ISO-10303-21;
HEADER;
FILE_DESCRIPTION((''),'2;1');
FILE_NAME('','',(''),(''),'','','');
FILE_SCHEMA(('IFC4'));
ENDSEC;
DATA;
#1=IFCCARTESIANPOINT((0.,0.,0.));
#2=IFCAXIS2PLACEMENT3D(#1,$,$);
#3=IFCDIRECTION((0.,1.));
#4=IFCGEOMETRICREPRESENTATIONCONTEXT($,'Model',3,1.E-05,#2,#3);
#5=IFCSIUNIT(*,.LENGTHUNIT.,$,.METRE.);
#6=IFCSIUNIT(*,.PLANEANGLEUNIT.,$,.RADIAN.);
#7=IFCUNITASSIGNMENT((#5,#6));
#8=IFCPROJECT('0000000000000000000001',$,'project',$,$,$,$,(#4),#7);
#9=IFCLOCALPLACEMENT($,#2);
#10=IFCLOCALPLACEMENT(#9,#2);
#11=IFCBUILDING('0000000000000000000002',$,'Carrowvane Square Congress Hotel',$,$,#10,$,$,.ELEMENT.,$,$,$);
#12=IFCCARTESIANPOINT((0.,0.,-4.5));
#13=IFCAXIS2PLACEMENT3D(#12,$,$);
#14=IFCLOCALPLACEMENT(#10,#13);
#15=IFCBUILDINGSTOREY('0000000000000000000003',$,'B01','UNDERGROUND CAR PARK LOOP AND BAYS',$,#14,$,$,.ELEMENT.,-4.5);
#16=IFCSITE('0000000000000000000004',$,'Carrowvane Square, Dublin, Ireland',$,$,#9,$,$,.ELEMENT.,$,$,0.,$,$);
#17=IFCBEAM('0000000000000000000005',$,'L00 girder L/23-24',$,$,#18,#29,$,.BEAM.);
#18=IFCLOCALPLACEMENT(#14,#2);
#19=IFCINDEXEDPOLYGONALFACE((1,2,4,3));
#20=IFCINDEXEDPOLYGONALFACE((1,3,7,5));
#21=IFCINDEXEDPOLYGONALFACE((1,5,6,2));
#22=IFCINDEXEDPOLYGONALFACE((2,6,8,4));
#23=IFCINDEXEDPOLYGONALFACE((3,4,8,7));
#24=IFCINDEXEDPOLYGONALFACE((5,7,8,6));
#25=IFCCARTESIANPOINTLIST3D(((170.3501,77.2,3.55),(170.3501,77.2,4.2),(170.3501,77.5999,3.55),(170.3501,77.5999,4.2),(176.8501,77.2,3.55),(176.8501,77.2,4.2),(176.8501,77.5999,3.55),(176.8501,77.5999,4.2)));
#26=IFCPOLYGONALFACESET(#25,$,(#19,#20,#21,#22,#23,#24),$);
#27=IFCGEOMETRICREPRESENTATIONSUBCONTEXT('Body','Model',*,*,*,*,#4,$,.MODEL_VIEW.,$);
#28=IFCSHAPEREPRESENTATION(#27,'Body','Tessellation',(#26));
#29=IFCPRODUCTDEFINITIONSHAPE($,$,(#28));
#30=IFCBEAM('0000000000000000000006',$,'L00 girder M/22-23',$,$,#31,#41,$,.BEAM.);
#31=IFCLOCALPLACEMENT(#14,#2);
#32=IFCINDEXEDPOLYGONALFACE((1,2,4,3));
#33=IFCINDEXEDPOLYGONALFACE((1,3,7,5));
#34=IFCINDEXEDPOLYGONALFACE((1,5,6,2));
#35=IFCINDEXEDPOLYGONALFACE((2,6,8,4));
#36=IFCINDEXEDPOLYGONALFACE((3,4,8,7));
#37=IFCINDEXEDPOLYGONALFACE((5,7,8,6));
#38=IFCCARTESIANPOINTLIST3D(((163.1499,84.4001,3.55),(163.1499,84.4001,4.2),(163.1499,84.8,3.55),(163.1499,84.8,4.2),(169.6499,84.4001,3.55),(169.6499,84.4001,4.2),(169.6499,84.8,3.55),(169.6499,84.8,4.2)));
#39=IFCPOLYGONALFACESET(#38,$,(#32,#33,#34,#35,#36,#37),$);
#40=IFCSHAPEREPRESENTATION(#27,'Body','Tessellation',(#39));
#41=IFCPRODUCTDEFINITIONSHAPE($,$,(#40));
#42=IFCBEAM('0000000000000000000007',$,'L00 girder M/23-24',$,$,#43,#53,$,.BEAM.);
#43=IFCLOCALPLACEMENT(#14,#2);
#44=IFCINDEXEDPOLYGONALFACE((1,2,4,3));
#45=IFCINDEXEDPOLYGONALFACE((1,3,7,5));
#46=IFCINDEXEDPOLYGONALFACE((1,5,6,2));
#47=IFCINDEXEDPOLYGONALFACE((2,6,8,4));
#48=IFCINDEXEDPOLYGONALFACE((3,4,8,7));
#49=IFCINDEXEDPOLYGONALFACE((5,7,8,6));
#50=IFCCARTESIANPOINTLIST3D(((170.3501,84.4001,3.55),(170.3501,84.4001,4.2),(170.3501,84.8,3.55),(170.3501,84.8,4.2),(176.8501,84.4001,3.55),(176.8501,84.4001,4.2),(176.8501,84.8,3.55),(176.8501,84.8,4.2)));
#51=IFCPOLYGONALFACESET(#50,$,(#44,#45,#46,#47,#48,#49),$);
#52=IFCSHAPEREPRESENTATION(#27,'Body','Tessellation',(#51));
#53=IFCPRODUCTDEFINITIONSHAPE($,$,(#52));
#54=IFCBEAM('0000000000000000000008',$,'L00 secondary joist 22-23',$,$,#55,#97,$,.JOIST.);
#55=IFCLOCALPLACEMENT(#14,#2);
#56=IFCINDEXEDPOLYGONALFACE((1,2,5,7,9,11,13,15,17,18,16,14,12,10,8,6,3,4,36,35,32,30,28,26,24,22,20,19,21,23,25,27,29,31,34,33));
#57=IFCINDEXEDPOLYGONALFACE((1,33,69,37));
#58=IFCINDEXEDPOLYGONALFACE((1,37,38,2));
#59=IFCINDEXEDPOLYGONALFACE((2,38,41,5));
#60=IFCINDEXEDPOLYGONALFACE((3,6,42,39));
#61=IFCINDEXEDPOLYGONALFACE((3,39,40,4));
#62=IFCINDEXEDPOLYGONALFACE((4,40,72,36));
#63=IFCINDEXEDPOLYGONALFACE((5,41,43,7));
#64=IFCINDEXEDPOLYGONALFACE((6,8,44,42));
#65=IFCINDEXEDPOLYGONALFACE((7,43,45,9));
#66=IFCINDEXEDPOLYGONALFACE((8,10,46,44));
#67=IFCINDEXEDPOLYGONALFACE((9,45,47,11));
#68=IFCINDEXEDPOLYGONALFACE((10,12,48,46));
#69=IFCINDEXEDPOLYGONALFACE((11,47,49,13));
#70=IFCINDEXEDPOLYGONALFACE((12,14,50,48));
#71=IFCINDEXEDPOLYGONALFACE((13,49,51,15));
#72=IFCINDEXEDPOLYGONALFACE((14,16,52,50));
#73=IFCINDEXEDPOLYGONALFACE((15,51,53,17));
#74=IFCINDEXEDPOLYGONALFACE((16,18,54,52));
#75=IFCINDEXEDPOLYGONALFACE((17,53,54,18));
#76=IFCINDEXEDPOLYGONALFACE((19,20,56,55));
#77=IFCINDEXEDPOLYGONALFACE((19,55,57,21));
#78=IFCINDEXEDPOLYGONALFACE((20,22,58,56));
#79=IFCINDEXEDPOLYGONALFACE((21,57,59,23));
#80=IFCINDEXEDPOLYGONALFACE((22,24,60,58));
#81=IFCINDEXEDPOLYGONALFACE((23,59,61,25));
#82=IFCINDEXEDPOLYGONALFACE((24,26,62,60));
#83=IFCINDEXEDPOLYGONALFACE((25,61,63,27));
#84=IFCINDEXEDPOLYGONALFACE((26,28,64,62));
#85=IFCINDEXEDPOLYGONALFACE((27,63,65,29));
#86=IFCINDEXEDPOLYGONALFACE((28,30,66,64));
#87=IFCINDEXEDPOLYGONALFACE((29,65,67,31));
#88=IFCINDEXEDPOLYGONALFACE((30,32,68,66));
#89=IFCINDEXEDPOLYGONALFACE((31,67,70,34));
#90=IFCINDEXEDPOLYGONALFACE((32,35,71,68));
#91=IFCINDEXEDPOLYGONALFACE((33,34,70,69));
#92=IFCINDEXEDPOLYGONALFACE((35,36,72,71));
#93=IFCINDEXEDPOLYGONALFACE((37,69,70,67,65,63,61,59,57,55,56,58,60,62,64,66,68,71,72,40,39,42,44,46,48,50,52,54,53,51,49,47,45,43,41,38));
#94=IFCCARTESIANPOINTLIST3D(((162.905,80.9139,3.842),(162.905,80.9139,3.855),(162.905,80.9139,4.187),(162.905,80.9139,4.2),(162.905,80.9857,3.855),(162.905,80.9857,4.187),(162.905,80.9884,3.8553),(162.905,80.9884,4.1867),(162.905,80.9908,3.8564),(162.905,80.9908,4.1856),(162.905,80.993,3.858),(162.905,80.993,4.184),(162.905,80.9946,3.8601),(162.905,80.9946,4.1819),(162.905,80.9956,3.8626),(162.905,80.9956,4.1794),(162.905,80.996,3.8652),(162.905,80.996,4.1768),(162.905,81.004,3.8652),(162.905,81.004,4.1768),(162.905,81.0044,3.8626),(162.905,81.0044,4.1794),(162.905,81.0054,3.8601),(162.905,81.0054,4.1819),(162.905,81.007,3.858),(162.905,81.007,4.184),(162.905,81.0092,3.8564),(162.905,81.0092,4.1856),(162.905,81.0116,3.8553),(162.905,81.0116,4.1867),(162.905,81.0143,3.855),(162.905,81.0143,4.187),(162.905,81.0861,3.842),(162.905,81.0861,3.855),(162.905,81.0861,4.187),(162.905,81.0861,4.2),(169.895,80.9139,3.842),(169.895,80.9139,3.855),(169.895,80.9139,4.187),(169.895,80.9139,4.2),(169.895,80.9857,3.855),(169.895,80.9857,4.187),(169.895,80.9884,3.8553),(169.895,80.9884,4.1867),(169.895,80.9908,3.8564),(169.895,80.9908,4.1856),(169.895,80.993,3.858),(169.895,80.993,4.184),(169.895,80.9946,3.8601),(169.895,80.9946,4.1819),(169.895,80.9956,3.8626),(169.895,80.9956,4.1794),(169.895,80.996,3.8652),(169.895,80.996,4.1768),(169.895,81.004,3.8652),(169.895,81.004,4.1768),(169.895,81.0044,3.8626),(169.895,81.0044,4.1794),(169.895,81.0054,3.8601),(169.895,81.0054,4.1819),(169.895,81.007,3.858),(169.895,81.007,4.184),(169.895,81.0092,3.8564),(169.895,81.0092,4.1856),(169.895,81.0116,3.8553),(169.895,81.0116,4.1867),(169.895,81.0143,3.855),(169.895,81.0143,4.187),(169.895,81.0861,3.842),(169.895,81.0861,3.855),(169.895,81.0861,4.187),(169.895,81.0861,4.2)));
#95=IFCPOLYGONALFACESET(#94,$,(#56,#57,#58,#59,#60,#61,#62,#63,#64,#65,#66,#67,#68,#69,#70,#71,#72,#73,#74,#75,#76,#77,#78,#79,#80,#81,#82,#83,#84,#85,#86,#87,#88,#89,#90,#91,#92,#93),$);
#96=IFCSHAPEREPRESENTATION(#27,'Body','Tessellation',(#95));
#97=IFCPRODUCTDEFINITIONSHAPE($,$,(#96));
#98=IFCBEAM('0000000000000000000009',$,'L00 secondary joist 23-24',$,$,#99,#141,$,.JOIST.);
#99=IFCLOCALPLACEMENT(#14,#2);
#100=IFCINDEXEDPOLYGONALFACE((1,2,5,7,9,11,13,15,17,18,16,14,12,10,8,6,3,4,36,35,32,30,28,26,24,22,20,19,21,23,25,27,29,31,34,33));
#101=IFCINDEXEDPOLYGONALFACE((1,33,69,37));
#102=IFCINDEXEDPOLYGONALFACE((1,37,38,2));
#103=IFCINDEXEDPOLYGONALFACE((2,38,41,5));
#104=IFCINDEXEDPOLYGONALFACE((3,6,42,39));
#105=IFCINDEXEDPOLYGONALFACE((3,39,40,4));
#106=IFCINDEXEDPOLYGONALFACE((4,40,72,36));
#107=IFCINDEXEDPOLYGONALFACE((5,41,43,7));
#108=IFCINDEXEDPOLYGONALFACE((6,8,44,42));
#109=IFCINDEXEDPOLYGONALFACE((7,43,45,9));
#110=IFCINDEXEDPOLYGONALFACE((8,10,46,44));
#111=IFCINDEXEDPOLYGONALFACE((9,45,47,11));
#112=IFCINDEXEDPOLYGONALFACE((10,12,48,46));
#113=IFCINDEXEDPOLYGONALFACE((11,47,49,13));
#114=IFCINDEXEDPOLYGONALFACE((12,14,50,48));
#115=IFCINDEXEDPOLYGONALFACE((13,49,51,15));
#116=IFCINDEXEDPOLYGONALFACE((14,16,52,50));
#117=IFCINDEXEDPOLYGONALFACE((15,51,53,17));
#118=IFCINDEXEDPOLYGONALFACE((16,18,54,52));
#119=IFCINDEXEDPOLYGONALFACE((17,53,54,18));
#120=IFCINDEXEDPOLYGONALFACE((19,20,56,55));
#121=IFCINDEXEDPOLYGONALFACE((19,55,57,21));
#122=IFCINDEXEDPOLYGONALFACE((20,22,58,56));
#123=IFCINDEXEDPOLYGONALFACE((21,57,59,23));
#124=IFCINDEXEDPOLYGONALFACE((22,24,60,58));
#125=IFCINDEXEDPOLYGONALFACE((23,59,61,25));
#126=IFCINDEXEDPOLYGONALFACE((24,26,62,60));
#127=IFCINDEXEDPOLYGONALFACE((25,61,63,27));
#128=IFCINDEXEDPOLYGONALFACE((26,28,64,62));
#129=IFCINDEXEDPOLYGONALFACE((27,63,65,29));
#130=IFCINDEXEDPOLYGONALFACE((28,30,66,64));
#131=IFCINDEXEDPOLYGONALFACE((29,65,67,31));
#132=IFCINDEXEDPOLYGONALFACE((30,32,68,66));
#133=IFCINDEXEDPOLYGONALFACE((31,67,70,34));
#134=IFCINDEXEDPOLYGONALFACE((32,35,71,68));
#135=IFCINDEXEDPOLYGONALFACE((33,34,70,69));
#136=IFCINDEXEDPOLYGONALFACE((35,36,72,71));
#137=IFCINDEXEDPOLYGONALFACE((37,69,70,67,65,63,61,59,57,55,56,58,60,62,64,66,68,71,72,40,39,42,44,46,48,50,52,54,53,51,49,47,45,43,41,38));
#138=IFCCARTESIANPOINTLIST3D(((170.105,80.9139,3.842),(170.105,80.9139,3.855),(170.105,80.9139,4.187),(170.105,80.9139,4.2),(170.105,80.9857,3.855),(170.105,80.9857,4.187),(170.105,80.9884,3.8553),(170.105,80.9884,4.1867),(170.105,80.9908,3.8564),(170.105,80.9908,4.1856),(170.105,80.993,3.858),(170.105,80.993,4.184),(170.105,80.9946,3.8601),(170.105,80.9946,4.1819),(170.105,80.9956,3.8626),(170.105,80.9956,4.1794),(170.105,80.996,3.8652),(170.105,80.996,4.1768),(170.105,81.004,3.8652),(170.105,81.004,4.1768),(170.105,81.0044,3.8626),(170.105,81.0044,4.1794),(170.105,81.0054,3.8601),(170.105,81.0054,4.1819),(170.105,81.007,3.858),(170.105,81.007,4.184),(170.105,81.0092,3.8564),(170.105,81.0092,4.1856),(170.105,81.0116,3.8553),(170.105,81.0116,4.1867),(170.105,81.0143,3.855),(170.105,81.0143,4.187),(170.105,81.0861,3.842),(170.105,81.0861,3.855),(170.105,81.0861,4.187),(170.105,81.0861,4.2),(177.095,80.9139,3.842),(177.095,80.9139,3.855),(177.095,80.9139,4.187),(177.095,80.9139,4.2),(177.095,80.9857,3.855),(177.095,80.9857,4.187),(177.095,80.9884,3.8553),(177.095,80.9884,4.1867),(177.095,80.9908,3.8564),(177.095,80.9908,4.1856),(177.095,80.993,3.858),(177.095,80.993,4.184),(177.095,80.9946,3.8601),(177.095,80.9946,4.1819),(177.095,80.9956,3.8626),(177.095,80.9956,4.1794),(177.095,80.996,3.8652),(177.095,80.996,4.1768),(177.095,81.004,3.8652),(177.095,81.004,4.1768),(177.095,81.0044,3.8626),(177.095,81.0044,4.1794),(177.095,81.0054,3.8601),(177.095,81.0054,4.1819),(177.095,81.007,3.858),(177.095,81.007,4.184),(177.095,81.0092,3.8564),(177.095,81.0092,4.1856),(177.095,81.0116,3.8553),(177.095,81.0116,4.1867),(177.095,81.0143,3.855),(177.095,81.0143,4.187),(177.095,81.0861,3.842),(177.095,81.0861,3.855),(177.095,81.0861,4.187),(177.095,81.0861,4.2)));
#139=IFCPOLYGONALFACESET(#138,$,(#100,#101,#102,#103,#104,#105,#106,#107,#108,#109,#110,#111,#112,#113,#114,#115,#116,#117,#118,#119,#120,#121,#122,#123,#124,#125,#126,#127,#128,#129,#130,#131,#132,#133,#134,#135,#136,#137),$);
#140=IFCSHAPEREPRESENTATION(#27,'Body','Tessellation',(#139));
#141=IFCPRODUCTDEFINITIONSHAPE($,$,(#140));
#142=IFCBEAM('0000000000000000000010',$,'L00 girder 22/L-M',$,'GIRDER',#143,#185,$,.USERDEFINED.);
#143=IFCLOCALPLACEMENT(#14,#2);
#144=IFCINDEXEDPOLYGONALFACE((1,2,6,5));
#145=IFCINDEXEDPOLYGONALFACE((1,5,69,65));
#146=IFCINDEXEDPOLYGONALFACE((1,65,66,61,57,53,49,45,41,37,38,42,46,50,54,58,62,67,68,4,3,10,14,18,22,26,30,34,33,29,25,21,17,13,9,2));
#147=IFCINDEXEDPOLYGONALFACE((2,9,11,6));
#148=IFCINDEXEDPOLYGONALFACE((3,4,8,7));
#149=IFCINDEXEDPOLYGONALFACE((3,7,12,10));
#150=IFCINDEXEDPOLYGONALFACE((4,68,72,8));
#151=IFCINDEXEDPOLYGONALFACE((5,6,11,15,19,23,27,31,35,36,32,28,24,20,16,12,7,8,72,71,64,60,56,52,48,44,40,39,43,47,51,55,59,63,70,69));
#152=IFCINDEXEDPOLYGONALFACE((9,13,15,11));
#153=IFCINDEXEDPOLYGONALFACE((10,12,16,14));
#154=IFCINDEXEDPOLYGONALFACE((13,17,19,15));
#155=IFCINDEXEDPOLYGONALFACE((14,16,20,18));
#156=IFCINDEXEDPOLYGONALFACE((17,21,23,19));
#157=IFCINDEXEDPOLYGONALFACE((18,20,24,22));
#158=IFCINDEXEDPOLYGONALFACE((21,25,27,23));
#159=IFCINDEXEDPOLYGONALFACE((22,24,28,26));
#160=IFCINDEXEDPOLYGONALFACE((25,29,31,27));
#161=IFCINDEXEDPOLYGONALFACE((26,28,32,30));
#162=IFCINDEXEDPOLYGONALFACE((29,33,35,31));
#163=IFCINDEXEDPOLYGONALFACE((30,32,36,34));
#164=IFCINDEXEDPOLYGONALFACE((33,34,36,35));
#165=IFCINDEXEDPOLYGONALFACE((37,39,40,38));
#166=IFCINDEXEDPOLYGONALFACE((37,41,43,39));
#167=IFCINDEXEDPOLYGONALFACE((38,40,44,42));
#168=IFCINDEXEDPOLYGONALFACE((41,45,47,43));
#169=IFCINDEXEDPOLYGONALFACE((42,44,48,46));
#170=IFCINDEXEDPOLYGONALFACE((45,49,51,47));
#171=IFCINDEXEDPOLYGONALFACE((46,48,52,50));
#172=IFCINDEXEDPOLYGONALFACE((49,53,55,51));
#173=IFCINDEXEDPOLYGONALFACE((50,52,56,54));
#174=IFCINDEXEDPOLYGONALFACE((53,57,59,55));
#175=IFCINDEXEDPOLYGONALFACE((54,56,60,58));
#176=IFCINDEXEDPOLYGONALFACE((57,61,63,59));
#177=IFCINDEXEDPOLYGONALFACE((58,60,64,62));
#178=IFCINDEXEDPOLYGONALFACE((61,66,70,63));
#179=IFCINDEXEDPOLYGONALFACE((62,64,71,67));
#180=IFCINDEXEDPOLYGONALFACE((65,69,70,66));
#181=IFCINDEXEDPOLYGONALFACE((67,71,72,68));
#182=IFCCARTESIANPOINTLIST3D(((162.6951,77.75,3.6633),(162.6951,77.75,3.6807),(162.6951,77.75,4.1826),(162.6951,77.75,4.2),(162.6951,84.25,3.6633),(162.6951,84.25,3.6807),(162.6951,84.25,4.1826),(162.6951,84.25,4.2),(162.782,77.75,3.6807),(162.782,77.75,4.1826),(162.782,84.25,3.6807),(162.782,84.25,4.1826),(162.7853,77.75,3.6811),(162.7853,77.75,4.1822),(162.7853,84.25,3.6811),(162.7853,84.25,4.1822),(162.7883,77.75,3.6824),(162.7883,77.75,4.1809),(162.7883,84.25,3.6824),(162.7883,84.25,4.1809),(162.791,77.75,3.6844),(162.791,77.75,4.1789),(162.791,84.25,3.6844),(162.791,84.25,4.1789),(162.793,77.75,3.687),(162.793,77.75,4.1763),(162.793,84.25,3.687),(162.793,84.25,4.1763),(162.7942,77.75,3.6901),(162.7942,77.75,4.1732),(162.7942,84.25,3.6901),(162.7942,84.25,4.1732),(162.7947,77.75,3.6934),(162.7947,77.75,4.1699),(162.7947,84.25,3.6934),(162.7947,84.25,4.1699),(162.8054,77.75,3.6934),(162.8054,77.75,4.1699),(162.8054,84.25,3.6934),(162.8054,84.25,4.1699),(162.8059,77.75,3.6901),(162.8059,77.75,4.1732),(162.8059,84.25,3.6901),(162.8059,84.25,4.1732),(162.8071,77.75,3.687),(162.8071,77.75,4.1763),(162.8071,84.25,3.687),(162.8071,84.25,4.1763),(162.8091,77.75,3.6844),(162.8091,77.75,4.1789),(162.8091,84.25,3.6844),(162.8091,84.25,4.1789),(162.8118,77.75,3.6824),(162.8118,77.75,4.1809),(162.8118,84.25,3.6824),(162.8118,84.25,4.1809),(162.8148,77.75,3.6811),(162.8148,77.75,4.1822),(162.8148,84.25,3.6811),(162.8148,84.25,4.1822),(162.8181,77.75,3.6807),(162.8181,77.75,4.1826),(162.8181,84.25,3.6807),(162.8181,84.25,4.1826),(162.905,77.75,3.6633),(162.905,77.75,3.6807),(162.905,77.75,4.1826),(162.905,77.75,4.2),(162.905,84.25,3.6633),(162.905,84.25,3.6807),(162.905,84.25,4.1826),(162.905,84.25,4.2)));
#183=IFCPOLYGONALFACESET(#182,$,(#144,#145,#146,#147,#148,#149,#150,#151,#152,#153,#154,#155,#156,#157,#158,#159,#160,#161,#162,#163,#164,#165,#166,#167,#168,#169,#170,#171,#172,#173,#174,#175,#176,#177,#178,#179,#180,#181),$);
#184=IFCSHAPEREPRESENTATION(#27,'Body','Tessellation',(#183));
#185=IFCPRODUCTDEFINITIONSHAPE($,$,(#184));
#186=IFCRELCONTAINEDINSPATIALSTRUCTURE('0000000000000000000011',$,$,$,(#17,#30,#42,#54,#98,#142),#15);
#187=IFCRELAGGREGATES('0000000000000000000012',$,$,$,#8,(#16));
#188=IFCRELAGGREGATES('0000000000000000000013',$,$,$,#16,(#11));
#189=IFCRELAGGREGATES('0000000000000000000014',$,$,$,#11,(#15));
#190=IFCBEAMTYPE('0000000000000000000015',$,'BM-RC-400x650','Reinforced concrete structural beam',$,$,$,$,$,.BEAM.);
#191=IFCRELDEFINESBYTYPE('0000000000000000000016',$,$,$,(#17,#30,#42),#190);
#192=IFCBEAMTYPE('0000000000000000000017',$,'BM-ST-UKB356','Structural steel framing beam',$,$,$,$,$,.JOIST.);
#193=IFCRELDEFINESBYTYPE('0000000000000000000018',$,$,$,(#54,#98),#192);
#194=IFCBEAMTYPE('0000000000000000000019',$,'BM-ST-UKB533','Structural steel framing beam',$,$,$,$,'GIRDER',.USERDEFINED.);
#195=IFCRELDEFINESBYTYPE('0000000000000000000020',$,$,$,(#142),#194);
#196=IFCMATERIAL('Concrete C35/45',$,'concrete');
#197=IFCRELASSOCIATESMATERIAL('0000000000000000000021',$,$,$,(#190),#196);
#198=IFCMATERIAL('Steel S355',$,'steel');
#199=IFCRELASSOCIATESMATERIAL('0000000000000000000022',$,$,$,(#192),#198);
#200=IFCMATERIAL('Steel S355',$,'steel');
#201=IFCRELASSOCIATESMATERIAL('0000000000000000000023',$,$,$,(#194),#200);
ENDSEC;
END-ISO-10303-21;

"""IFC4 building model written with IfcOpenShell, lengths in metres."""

from ifc_helpers import new_model, si_unit, direction, frame, origin, origin_2d, place, context, subcontext, project, spatial, rectangle, i_section, extrude, material, material_profile, profile_set, type_object, element, save


model = new_model("IFC4")

# Units and contexts
model_context = context("Model", 3, precision=1e-05, world=origin(), true_north=direction((0.0, 1.0)))
body_context = subcontext(model_context, "Body", "Model", "MODEL_VIEW")
ifc_project = project(units=[si_unit("LENGTHUNIT", "METRE"), si_unit("PLANEANGLEUNIT", "RADIAN")], contexts=[model_context])

# Site, building, storey
site_placement = place(None, origin())
site = spatial("IfcSite", under=ifc_project, at=site_placement, Name="Carrowvane Square, Dublin, Ireland", CompositionType="ELEMENT", RefElevation=0.0)
building_placement = place(site_placement, origin())
building = spatial("IfcBuilding", under=site, at=building_placement, Name="Carrowvane Square Congress Hotel", CompositionType="ELEMENT")
storey_placement = place(building_placement, frame((0.0, 0.0, -4.5)))
storey = spatial("IfcBuildingStorey", under=building, at=storey_placement, Name="B01", Description="UNDERGROUND CAR PARK LOOP AND BAYS", CompositionType="ELEMENT", Elevation=-4.5)

# Beams
ifc_material_1 = material(Name="Concrete C35/45", Category="concrete")
ifc_material_profile_1 = material_profile(ifc_material_1, rectangle(XDim=0.3999, YDim=0.6499, at=origin_2d()), Name="RC 400x650")
ifc_profile_set_1 = profile_set([ifc_material_profile_1], Name="Concrete C35/45")
beam_type_1 = type_object("IfcBeamType", Name="BM-RC-400x650", Description="Reinforced concrete structural beam", PredefinedType="BEAM", material=ifc_profile_set_1)
for number, where, z_axis, x_axis, name in (
    (1, (170.3501, 77.3999, 3.875), (1.0, 0.0, 0.0), (0.0, 1.0, 0.0), "L00 girder L/23-24"),
    (2, (163.1499, 84.6001, 3.875), (1.0, 0.0, 0.0), (0.0, 1.0, 0.0), "L00 girder M/22-23"),
    (3, (170.3501, 84.6001, 3.875), (1.0, 0.0, 0.0), (0.0, 1.0, 0.0), "L00 girder M/23-24"),
):
    element("IfcBeam", number, at=place(storey_placement, frame(where, z_axis=z_axis, x_axis=x_axis)), inside=storey, type_object=beam_type_1, Name=name, PredefinedType="BEAM", context=body_context, shape_type="SweptSolid", body=[
        extrude(rectangle(XDim=0.3999, YDim=0.6499, at=origin_2d()), origin(), (0.0, 0.0, 1.0), 6.5),
    ])
ifc_material_2 = material(Name="Steel S355", Category="steel")
ifc_material_profile_2 = material_profile(ifc_material_2, i_section(OverallWidth=0.1721, OverallDepth=0.3579, WebThickness=0.0081, FlangeThickness=0.0129, FilletRadius=0.0103, at=origin_2d()), Name="UKB 356x171x57")
ifc_profile_set_2 = profile_set([ifc_material_profile_2], Name="Steel S355")
beam_type_2 = type_object("IfcBeamType", Name="BM-ST-UKB356", Description="Structural steel framing beam", PredefinedType="JOIST", material=ifc_profile_set_2)
for number, where, z_axis, x_axis, name in (
    (4, (162.905, 81.0, 4.021), (1.0, 0.0, 0.0), (0.0, 1.0, 0.0), "L00 secondary joist 22-23"),
    (5, (170.105, 81.0, 4.021), (1.0, 0.0, 0.0), (0.0, 1.0, 0.0), "L00 secondary joist 23-24"),
):
    element("IfcBeam", number, at=place(storey_placement, frame(where, z_axis=z_axis, x_axis=x_axis)), inside=storey, type_object=beam_type_2, Name=name, PredefinedType="JOIST", context=body_context, shape_type="SweptSolid", body=[
        extrude(i_section(OverallWidth=0.1721, OverallDepth=0.3579, WebThickness=0.0081, FlangeThickness=0.0129, FilletRadius=0.0103, at=origin_2d()), origin(), (0.0, 0.0, 1.0), 6.99),
    ])
ifc_material_3 = material(Name="Steel S355", Category="steel")
ifc_material_profile_3 = material_profile(ifc_material_3, i_section(OverallWidth=0.21, OverallDepth=0.5366, WebThickness=0.0107, FlangeThickness=0.0173, FilletRadius=0.0127, at=origin_2d()), Name="UKB 533x210x101")
ifc_profile_set_3 = profile_set([ifc_material_profile_3], Name="Steel S355")
beam_type_3 = type_object("IfcBeamType", Name="BM-ST-UKB533", Description="Structural steel framing beam", ElementType="GIRDER", PredefinedType="USERDEFINED", material=ifc_profile_set_3)
for number, where, z_axis, x_axis, name in (
    (6, (162.8, 77.75, 3.9316), (0.0, 1.0, 0.0), (-1.0, 0.0, 0.0), "L00 girder 22/L-M"),
):
    element("IfcBeam", number, at=place(storey_placement, frame(where, z_axis=z_axis, x_axis=x_axis)), inside=storey, type_object=beam_type_3, Name=name, ObjectType="GIRDER", PredefinedType="USERDEFINED", context=body_context, shape_type="SweptSolid", body=[
        extrude(i_section(OverallWidth=0.21, OverallDepth=0.5366, WebThickness=0.0107, FlangeThickness=0.0173, FilletRadius=0.0127, at=origin_2d()), origin(), (0.0, 0.0, 1.0), 6.5),
    ])

save(model, "model.ifc")
